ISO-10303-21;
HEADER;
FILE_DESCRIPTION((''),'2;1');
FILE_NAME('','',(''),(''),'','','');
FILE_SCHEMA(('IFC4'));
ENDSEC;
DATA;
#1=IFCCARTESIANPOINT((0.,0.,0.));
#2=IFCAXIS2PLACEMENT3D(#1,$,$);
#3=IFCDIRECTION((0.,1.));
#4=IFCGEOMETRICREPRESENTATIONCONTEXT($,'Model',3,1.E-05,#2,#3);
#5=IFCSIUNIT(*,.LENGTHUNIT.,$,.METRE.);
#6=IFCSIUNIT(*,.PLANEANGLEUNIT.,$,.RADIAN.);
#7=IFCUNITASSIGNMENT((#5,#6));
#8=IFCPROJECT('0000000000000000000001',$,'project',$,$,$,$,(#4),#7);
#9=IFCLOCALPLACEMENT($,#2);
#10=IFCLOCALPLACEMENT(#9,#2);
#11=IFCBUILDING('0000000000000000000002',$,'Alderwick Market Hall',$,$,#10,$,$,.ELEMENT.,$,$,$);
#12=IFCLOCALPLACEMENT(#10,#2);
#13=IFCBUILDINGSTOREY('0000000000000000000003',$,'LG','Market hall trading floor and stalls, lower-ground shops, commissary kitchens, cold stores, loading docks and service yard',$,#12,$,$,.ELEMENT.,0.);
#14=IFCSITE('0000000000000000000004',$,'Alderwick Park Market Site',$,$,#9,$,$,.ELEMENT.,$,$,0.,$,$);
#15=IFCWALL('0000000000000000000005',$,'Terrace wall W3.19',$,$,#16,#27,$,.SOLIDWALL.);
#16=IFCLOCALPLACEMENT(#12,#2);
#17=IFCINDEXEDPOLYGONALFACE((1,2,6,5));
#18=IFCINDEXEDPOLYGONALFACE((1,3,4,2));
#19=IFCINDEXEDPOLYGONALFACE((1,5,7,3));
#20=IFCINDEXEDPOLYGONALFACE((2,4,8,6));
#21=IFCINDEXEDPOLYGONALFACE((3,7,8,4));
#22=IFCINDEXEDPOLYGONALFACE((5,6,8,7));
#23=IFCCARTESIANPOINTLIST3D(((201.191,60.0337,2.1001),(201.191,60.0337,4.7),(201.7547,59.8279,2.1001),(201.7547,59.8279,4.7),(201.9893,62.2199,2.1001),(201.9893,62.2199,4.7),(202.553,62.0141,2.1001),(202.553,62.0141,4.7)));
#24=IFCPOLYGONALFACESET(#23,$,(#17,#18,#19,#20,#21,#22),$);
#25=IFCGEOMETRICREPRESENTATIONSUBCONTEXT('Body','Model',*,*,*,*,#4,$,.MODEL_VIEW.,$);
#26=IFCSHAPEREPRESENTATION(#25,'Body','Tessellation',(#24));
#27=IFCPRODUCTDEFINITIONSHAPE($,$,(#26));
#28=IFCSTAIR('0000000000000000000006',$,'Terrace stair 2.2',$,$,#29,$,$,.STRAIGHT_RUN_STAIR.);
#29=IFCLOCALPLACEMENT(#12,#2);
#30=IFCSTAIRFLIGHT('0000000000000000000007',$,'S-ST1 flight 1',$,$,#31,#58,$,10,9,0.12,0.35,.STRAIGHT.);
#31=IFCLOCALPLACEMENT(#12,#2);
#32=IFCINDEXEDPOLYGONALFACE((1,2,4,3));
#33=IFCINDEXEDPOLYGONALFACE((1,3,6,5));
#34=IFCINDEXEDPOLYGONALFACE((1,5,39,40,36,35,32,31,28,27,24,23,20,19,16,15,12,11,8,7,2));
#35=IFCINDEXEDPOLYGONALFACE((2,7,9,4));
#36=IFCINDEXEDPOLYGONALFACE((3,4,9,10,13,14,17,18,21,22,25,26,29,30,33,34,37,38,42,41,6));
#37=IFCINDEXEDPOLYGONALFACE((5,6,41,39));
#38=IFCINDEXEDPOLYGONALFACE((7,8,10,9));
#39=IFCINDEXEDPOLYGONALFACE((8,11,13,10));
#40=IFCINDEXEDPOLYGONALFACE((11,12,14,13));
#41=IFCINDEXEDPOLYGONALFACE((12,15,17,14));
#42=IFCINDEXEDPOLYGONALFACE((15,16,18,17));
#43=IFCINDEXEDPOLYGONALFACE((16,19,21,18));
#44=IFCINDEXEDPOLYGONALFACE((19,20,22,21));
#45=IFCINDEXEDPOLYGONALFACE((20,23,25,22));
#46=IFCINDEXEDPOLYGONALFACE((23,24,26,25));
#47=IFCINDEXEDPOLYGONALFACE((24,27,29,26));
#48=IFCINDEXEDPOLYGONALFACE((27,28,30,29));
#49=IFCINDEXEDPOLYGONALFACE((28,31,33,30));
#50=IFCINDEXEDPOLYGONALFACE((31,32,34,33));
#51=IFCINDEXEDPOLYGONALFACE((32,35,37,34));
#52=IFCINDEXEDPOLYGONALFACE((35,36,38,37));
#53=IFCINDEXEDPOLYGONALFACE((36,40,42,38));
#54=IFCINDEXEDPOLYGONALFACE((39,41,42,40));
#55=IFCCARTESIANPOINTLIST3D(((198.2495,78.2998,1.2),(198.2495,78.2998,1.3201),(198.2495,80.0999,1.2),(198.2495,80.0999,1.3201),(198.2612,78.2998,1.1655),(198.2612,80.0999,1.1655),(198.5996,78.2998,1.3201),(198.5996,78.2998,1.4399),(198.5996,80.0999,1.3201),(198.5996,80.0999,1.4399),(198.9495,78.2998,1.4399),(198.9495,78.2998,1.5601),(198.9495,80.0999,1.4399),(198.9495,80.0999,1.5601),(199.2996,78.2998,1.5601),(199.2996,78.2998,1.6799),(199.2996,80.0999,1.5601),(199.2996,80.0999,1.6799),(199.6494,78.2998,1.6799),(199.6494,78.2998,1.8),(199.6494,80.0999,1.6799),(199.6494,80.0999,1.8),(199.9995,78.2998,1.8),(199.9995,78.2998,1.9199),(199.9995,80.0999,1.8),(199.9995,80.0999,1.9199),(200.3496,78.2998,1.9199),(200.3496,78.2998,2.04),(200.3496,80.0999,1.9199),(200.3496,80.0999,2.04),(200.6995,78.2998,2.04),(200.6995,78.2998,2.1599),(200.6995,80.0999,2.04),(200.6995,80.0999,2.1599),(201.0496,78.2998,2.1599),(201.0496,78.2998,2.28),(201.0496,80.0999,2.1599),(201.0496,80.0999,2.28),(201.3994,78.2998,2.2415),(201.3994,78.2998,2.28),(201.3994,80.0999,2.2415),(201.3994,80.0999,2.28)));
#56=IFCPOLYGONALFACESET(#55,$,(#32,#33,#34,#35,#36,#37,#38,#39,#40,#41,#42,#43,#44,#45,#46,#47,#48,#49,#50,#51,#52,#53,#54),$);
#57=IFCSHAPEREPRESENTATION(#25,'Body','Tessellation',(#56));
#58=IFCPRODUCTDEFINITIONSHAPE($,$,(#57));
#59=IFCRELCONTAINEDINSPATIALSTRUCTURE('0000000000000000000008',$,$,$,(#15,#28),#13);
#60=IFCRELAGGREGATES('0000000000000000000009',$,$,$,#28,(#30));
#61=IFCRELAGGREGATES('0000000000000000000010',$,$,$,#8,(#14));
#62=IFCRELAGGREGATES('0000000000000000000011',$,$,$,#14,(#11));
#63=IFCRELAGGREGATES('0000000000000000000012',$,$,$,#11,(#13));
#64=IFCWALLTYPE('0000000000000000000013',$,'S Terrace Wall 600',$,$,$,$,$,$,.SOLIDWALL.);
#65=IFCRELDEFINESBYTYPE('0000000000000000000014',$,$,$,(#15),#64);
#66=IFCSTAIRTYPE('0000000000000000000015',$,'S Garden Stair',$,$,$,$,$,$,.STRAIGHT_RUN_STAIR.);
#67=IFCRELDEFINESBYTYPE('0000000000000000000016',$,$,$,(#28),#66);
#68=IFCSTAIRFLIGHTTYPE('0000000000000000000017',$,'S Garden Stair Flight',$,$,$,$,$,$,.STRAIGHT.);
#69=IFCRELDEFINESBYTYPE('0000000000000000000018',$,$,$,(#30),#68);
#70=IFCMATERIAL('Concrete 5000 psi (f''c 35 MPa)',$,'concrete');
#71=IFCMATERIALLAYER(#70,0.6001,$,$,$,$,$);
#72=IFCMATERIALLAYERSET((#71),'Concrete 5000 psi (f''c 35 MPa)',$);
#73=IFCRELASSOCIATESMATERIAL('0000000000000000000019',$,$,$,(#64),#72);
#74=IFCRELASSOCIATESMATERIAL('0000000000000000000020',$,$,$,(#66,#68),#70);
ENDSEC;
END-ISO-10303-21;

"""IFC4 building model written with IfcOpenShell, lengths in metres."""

from ifc_helpers import new_model, si_unit, direction, frame, frame_2d, origin, place, context, subcontext, project, spatial, polyline, rectangle, outline, extrude, material, layer, layer_set, type_object, element, aggregate, save


model = new_model("IFC4")

# Units and contexts
model_context = context("Model", 3, precision=1e-05, world=origin(), true_north=direction((0.0, 1.0)))
body_context = subcontext(model_context, "Body", "Model", "MODEL_VIEW")
ifc_project = project(units=[si_unit("LENGTHUNIT", "METRE"), si_unit("PLANEANGLEUNIT", "RADIAN")], contexts=[model_context])

# Site, building, storey
site_placement = place(None, origin())
site = spatial("IfcSite", under=ifc_project, at=site_placement, Name="Alderwick Park Market Site", CompositionType="ELEMENT", RefElevation=0.0)
building_placement = place(site_placement, origin())
building = spatial("IfcBuilding", under=site, at=building_placement, Name="Alderwick Market Hall", CompositionType="ELEMENT")
storey_placement = place(building_placement, origin())
storey = spatial("IfcBuildingStorey", under=building, at=storey_placement, Name="LG", Description="Market hall trading floor and stalls, lower-ground shops, commissary kitchens, cold stores, loading docks and service yard", CompositionType="ELEMENT", Elevation=0.0)

# Wall
ifc_material_1 = material(Name="Concrete 5000 psi (f'c 35 MPa)", Category="concrete")
ifc_layer = layer(ifc_material_1, 0.6001)
ifc_layer_set = layer_set([ifc_layer], Name="Concrete 5000 psi (f'c 35 MPa)")
wall_type = type_object("IfcWallType", Name="S Terrace Wall 600", PredefinedType="SOLIDWALL", material=ifc_layer_set)
for number, where, z_axis, x_axis, name in (
    (1, (201.4729, 59.9309, 2.1001), (0.0, 0.0, 1.0), (0.343006, 0.939333, 0.0), "Terrace wall W3.19"),
):
    element("IfcWall", number, at=place(storey_placement, frame(where, z_axis=z_axis, x_axis=x_axis)), inside=storey, type_object=wall_type, Name=name, PredefinedType="SOLIDWALL", context=body_context, shape_type="SweptSolid", body=[
        extrude(rectangle(XDim=2.3274, YDim=0.6001, at=frame_2d((1.1636, 0.0))), origin(), (0.0, 0.0, 1.0), 2.5999),
    ])

# Stair, stair flight
stair_type = type_object("IfcStairType", Name="S Garden Stair", PredefinedType="STRAIGHT_RUN_STAIR", material=ifc_material_1)
stair_1_placement = place(storey_placement, origin())
stair_1 = element("IfcStair", 2, at=stair_1_placement, inside=storey, type_object=stair_type, Name="Terrace stair 2.2", PredefinedType="STRAIGHT_RUN_STAIR")
stair_flight_type = type_object("IfcStairFlightType", Name="S Garden Stair Flight", PredefinedType="STRAIGHT", material=ifc_material_1)
stair_flight_placement = place(storey_placement, frame((198.2495, 79.2, 1.2), z_axis=(0.0, 0.0, 1.0), x_axis=(1.0, 0.0, 0.0)))
stair_flight = element("IfcStairFlight", 3, at=stair_flight_placement, type_object=stair_flight_type, Name="S-ST1 flight 1", NumberOfRisers=10, NumberOfTreads=9, PredefinedType="STRAIGHT", RiserHeight=0.12, TreadLength=0.35, context=body_context, shape_type="SweptSolid", body=[
    extrude(outline(polyline([(0.0117, -0.0344), (0.0, 0.0), (0.0, 0.1201), (0.3501, 0.1201), (0.3501, 0.24), (0.7, 0.24), (0.7, 0.3601), (1.05, 0.3601), (1.05, 0.48), (1.3999, 0.48), (1.3999, 0.6001), (1.75, 0.6001), (1.75, 0.72), (2.1001, 0.72), (2.1001, 0.8401), (2.45, 0.8401), (2.45, 0.96), (2.8, 0.96), (2.8, 1.0801), (3.1499, 1.0801), (3.1499, 1.0415), (0.0117, -0.0344)])), frame((0.0, 0.8999, 0.0), z_axis=(0.0, -1.0, 0.0), x_axis=(1.0, 0.0, 0.0)), (0.0, 0.0, 1.0), 1.8),
])

aggregate(stair_1, [stair_flight])

save(model, "model.ifc")
